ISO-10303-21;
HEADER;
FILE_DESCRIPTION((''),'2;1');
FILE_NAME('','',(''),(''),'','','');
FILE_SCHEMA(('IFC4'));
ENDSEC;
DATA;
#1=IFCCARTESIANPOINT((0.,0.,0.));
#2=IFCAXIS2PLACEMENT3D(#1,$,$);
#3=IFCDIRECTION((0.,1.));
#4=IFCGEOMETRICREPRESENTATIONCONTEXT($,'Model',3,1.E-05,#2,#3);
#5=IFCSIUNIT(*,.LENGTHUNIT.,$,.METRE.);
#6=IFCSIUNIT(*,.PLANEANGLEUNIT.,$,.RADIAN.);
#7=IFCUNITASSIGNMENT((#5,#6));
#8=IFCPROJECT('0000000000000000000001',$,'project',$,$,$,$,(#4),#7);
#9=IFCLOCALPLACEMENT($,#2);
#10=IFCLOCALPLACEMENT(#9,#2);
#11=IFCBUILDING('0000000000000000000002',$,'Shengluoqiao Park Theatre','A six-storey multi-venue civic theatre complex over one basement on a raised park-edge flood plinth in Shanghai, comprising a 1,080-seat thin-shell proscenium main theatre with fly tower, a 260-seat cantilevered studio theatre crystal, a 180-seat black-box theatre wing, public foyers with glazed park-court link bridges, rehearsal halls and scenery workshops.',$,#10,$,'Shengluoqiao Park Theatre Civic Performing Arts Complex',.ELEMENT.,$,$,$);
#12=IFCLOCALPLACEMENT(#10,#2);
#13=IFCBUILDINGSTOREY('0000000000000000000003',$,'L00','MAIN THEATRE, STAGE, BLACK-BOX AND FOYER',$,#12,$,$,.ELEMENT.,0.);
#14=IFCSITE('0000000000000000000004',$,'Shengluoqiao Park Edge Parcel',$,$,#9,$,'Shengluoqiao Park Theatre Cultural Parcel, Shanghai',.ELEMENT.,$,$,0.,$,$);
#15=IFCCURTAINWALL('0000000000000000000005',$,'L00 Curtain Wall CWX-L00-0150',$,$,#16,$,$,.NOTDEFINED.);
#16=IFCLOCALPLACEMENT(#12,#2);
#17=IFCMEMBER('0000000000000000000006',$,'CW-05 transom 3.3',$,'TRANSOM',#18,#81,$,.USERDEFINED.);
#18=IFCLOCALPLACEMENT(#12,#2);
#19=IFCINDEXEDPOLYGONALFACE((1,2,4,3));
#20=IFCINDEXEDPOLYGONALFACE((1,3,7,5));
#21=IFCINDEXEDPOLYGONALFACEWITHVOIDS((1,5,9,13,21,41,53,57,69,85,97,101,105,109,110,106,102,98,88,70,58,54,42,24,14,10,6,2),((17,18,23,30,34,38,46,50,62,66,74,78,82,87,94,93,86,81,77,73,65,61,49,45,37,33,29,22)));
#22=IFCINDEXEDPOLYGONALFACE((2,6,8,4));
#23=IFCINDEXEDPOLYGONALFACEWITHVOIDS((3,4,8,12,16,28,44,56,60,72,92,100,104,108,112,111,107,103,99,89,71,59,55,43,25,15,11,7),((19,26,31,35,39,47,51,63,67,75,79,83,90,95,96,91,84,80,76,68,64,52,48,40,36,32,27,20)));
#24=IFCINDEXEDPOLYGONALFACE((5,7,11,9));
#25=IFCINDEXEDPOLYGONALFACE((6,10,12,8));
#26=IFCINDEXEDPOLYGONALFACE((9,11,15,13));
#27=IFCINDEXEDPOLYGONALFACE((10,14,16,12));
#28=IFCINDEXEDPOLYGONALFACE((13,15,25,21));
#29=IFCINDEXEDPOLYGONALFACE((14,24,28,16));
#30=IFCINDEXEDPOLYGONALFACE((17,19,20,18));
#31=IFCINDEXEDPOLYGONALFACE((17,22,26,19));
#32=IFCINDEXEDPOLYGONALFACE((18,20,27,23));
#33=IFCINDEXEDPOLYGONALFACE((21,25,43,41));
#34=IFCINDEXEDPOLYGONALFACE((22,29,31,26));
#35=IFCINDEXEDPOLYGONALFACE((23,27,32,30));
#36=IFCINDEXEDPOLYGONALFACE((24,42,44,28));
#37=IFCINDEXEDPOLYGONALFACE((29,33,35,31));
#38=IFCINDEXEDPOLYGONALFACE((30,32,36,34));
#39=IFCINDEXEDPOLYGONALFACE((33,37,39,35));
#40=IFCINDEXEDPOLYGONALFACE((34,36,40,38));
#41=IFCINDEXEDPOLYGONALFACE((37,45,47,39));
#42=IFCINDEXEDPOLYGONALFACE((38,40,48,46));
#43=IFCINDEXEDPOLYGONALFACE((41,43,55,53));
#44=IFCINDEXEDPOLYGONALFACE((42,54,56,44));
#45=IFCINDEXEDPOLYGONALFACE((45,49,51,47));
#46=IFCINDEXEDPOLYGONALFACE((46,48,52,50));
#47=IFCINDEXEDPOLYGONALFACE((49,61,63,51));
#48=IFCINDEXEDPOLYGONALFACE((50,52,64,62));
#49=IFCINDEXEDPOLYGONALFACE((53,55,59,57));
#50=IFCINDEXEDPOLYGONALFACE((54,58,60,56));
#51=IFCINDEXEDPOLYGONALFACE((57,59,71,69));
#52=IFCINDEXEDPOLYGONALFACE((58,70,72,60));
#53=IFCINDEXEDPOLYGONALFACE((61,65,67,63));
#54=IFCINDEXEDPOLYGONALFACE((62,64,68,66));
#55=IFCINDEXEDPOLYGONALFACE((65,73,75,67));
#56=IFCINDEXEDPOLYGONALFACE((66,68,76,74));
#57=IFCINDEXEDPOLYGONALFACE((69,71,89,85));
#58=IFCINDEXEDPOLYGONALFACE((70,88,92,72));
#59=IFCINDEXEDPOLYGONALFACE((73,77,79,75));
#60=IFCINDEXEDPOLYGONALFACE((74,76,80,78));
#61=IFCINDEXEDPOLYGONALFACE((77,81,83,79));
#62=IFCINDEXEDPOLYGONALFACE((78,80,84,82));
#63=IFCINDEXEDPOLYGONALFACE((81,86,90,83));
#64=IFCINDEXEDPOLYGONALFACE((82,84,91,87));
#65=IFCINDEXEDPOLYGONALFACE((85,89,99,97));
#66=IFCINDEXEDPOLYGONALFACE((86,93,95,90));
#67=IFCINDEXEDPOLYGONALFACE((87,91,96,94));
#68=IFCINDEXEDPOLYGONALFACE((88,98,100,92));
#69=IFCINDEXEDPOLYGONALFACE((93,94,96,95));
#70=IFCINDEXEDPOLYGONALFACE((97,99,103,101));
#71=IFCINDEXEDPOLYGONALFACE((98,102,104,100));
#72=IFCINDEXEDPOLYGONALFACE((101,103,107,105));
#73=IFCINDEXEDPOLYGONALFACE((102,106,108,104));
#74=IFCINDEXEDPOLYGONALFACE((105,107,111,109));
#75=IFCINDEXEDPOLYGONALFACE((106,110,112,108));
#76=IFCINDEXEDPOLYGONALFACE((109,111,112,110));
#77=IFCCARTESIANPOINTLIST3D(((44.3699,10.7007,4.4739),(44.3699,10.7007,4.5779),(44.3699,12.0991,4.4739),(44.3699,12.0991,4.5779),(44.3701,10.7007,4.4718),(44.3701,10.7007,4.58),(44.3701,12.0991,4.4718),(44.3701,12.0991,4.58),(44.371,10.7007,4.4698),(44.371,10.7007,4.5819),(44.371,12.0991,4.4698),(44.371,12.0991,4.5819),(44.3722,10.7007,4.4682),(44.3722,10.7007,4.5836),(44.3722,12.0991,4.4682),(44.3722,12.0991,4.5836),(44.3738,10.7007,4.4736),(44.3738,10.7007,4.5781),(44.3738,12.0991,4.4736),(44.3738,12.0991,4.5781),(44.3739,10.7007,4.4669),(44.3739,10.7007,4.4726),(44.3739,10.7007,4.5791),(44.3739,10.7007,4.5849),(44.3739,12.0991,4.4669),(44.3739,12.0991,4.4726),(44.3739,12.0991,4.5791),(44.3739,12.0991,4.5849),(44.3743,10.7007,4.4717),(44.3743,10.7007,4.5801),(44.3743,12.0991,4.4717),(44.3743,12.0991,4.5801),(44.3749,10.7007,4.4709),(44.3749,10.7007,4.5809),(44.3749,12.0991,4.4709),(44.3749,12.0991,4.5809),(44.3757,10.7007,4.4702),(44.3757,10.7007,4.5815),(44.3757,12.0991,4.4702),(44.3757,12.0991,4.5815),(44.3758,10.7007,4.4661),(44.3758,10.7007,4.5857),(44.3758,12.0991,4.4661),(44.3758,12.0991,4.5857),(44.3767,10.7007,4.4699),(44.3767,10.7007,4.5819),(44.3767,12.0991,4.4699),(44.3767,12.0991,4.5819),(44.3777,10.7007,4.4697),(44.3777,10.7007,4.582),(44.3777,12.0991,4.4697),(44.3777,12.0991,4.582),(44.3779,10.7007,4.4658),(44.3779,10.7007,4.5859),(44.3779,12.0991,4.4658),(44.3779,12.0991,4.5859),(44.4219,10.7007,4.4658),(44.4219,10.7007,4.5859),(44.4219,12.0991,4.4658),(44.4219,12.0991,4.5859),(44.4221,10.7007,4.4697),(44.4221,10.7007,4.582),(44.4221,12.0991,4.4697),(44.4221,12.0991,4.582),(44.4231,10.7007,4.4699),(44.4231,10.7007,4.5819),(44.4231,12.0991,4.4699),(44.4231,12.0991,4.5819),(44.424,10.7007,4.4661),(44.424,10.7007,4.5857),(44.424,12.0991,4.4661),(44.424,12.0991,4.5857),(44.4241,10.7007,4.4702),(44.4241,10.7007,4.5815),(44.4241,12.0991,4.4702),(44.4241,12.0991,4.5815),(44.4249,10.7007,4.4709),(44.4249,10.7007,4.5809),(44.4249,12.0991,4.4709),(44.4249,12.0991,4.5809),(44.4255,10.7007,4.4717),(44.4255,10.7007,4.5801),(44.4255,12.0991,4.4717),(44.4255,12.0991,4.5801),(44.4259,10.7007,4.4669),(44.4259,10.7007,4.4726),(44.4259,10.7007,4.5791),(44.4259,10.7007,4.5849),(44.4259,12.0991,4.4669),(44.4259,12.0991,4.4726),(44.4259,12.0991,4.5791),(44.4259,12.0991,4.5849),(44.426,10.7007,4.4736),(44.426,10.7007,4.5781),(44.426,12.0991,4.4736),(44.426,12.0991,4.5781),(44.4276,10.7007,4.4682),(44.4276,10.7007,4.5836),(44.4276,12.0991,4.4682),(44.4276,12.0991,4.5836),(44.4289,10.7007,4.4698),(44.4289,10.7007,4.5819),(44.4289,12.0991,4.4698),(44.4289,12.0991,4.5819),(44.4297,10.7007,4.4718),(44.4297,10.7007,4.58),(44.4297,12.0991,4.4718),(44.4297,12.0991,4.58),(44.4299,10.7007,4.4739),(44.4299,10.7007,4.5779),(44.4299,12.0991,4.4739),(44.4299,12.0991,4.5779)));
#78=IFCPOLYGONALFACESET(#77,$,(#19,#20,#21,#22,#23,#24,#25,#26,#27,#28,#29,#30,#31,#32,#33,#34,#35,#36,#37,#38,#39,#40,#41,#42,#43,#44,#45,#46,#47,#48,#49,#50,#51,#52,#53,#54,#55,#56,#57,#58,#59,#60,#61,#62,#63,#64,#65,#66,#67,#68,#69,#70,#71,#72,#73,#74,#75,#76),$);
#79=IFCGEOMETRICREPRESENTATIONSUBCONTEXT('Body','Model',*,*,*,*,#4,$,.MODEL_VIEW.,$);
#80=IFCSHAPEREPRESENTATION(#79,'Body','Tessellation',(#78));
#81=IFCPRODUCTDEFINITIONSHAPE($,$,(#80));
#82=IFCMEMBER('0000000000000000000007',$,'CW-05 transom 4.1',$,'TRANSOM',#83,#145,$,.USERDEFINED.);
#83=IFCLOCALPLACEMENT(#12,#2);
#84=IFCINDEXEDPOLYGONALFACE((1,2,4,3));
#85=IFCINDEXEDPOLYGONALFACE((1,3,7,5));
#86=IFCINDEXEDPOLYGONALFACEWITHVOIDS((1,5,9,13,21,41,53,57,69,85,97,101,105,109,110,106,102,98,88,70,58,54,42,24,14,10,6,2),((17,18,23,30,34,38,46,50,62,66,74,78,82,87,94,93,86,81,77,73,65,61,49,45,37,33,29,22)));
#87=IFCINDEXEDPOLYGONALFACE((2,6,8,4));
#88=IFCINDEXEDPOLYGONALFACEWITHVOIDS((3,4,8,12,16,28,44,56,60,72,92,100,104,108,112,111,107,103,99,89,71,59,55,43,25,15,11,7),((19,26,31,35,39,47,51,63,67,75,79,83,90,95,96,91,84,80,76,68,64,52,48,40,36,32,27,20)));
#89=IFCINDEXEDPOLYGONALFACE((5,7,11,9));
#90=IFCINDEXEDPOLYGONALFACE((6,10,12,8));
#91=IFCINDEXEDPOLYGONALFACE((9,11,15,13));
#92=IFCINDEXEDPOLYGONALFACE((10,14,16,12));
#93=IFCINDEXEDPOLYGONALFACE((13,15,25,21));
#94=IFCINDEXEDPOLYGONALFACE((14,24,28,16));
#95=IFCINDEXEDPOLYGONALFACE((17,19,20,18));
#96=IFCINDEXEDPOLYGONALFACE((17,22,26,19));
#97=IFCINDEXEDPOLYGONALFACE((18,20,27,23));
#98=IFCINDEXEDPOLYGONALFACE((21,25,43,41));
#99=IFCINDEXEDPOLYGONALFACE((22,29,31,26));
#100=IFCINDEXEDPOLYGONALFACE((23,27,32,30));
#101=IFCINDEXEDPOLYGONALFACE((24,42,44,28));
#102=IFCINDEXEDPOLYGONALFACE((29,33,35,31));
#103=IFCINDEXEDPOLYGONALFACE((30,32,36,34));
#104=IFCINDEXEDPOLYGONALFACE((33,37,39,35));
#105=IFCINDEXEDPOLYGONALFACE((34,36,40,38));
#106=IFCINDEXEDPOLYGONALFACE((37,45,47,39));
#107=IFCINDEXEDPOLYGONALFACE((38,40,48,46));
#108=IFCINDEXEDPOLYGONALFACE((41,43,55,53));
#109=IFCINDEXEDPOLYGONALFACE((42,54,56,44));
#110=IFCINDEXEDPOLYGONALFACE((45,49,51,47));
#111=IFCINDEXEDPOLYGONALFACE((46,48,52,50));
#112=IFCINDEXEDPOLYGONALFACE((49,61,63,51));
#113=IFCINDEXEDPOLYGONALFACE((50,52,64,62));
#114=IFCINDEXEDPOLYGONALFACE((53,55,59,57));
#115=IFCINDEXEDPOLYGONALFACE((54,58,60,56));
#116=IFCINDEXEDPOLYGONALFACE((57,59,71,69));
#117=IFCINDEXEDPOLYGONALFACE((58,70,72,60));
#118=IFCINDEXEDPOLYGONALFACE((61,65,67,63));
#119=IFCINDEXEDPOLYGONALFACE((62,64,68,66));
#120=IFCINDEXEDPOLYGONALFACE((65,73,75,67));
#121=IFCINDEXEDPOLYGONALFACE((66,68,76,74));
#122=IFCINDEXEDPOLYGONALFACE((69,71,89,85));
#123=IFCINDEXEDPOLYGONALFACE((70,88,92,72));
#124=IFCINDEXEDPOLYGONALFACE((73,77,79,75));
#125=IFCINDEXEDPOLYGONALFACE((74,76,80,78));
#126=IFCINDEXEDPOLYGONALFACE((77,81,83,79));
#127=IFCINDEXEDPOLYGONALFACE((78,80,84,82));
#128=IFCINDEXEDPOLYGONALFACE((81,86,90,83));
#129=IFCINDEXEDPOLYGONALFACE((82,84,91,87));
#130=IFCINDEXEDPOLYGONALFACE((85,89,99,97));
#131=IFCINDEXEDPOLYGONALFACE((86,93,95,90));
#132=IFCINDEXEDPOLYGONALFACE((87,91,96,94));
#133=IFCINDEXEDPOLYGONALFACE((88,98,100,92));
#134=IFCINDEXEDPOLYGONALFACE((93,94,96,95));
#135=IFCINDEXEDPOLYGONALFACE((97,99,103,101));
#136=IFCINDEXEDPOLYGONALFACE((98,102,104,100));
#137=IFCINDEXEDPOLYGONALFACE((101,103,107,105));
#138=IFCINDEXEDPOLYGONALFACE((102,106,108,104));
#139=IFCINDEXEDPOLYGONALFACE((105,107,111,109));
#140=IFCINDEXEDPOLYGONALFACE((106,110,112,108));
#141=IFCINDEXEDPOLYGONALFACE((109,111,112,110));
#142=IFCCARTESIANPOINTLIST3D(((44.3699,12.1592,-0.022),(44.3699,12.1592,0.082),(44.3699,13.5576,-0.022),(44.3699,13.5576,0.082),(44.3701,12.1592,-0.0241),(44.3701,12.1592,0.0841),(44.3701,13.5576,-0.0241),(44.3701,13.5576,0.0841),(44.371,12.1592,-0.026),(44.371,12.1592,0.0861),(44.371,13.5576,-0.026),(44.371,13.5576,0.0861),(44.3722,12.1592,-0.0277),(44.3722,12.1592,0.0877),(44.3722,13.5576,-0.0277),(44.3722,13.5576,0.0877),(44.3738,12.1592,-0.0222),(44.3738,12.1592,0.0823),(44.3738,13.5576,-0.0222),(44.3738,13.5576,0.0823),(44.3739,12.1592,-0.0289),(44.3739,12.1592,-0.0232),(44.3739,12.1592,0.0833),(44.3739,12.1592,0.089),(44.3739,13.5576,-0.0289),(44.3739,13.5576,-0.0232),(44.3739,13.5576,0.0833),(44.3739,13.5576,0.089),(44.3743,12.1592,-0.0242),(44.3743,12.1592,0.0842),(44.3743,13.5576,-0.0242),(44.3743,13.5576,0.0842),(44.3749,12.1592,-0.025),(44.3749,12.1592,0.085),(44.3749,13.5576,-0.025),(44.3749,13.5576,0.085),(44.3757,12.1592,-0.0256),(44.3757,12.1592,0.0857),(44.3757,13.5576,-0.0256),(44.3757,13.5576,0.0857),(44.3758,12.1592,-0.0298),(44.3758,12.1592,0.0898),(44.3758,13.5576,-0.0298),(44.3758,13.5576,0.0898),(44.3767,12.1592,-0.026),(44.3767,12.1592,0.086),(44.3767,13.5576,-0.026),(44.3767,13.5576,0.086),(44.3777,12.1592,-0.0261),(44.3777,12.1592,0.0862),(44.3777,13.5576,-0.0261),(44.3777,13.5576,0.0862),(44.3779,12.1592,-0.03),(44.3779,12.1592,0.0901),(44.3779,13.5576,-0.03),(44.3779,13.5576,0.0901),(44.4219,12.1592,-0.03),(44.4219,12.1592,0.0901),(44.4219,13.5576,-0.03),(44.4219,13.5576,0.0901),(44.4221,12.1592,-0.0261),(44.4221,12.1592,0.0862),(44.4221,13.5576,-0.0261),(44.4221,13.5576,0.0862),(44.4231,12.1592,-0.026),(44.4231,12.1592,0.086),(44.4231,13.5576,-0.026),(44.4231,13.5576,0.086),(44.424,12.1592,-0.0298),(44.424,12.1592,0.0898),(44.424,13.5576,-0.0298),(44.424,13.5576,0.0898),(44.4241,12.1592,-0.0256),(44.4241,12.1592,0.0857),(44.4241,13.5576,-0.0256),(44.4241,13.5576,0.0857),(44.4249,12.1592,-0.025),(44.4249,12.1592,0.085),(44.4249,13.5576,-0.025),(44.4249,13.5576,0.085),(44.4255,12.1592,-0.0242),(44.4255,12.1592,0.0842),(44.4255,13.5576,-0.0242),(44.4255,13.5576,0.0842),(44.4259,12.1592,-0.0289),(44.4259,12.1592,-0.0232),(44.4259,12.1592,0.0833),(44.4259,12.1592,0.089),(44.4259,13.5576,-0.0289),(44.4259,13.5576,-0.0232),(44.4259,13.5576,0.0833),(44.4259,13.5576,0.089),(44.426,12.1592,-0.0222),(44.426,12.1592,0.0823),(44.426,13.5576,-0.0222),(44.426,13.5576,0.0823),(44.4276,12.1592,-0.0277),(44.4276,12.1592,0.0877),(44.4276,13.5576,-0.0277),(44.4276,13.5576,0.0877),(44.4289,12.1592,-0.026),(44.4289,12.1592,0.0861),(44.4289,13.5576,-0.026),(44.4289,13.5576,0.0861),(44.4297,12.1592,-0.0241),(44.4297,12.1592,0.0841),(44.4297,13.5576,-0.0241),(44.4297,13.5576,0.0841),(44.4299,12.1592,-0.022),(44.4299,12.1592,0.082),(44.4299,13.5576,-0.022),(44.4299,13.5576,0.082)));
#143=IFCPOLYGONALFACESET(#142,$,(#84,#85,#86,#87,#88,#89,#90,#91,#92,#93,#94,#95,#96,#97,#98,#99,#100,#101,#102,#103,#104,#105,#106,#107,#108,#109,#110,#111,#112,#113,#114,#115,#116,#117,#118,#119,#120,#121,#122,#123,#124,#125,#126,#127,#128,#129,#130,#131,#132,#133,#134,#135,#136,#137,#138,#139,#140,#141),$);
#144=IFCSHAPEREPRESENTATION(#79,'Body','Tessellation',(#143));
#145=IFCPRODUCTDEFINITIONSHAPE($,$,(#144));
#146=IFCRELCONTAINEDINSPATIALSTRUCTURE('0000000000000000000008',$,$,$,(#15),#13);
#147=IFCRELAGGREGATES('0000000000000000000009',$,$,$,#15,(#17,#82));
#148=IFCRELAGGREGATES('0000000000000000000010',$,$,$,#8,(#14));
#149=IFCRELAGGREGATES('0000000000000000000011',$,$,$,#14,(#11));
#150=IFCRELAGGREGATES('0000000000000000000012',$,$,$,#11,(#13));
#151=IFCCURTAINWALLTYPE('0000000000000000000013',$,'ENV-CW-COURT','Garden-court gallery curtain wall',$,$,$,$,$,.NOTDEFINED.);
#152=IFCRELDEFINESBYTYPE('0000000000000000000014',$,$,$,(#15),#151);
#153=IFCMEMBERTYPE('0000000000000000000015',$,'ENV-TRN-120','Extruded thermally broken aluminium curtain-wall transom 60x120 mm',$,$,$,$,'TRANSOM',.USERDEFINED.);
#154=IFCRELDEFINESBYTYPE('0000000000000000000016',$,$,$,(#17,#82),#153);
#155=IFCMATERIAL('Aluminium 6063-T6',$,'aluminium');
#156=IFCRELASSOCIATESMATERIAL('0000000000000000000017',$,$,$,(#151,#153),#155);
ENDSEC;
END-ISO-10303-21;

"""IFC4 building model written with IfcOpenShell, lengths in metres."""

from ifc_helpers import new_model, si_unit, direction, frame, origin, origin_2d, place, context, subcontext, project, spatial, hollow_rectangle, extrude, material, material_profile, profile_set, type_object, element, aggregate, save


model = new_model("IFC4")

# Units and contexts
model_context = context("Model", 3, precision=1e-05, world=origin(), true_north=direction((0.0, 1.0)))
body_context = subcontext(model_context, "Body", "Model", "MODEL_VIEW")
ifc_project = project(units=[si_unit("LENGTHUNIT", "METRE"), si_unit("PLANEANGLEUNIT", "RADIAN")], contexts=[model_context])

# Site, building, storey
site_placement = place(None, origin())
site = spatial("IfcSite", under=ifc_project, at=site_placement, Name="Shengluoqiao Park Edge Parcel", LongName="Shengluoqiao Park Theatre Cultural Parcel, Shanghai", CompositionType="ELEMENT", RefElevation=0.0)
building_placement = place(site_placement, origin())
building = spatial("IfcBuilding", under=site, at=building_placement, Name="Shengluoqiao Park Theatre", Description="A six-storey multi-venue civic theatre complex over one basement on a raised park-edge flood plinth in Shanghai, comprising a 1,080-seat thin-shell proscenium main theatre with fly tower, a 260-seat cantilevered studio theatre crystal, a 180-seat black-box theatre wing, public foyers with glazed park-court link bridges, rehearsal halls and scenery workshops.", LongName="Shengluoqiao Park Theatre Civic Performing Arts Complex", CompositionType="ELEMENT")
storey_placement = place(building_placement, origin())
storey = spatial("IfcBuildingStorey", under=building, at=storey_placement, Name="L00", Description="MAIN THEATRE, STAGE, BLACK-BOX AND FOYER", CompositionType="ELEMENT", Elevation=0.0)

# Curtain wall
ifc_material_1 = material(Name="Aluminium 6063-T6", Category="aluminium")
curtain_wall_type = type_object("IfcCurtainWallType", Name="ENV-CW-COURT", Description="Garden-court gallery curtain wall", PredefinedType="NOTDEFINED", material=ifc_material_1)
curtain_wall_1_placement = place(storey_placement, origin())
curtain_wall_1 = element("IfcCurtainWall", 1, at=curtain_wall_1_placement, inside=storey, type_object=curtain_wall_type, Name="L00 Curtain Wall CWX-L00-0150", PredefinedType="NOTDEFINED")

# Members
ifc_material_profile_1 = material_profile(ifc_material_1, hollow_rectangle(XDim=0.0601, YDim=0.1201, WallThickness=0.0039, InnerFilletRadius=0.0039, OuterFilletRadius=0.0081, at=origin_2d()), Name="ALU TRANSOM 120x60x4")
ifc_profile_set_1 = profile_set([ifc_material_profile_1], Name="Aluminium 6063-T6")
member_type_1 = type_object("IfcMemberType", Name="ENV-TRN-120", Description="Extruded thermally broken aluminium curtain-wall transom 60x120 mm", ElementType="TRANSOM", PredefinedType="USERDEFINED", material=ifc_profile_set_1)
member_1_placement = place(storey_placement, frame((44.3999, 10.7007, 4.5259), z_axis=(0.0, 1.0, 0.0), x_axis=(-1.0, 0.0, 0.0)))
member_1 = element("IfcMember", 2, at=member_1_placement, type_object=member_type_1, Name="CW-05 transom 3.3", ObjectType="TRANSOM", PredefinedType="USERDEFINED", context=body_context, shape_type="SweptSolid", body=[
    extrude(hollow_rectangle(XDim=0.0601, YDim=0.1201, WallThickness=0.0039, InnerFilletRadius=0.0039, OuterFilletRadius=0.0081, at=origin_2d()), origin(), (0.0, 0.0, 1.0), 1.3984),
])
member_2_placement = place(storey_placement, frame((44.3999, 12.1592, 0.03), z_axis=(0.0, 1.0, 0.0), x_axis=(-1.0, 0.0, 0.0)))
member_2 = element("IfcMember", 3, at=member_2_placement, type_object=member_type_1, Name="CW-05 transom 4.1", ObjectType="TRANSOM", PredefinedType="USERDEFINED", context=body_context, shape_type="SweptSolid", body=[
    extrude(hollow_rectangle(XDim=0.0601, YDim=0.1201, WallThickness=0.0039, InnerFilletRadius=0.0039, OuterFilletRadius=0.0081, at=origin_2d()), origin(), (0.0, 0.0, 1.0), 1.3984),
])

aggregate(curtain_wall_1, [member_1, member_2])

save(model, "model.ifc")
